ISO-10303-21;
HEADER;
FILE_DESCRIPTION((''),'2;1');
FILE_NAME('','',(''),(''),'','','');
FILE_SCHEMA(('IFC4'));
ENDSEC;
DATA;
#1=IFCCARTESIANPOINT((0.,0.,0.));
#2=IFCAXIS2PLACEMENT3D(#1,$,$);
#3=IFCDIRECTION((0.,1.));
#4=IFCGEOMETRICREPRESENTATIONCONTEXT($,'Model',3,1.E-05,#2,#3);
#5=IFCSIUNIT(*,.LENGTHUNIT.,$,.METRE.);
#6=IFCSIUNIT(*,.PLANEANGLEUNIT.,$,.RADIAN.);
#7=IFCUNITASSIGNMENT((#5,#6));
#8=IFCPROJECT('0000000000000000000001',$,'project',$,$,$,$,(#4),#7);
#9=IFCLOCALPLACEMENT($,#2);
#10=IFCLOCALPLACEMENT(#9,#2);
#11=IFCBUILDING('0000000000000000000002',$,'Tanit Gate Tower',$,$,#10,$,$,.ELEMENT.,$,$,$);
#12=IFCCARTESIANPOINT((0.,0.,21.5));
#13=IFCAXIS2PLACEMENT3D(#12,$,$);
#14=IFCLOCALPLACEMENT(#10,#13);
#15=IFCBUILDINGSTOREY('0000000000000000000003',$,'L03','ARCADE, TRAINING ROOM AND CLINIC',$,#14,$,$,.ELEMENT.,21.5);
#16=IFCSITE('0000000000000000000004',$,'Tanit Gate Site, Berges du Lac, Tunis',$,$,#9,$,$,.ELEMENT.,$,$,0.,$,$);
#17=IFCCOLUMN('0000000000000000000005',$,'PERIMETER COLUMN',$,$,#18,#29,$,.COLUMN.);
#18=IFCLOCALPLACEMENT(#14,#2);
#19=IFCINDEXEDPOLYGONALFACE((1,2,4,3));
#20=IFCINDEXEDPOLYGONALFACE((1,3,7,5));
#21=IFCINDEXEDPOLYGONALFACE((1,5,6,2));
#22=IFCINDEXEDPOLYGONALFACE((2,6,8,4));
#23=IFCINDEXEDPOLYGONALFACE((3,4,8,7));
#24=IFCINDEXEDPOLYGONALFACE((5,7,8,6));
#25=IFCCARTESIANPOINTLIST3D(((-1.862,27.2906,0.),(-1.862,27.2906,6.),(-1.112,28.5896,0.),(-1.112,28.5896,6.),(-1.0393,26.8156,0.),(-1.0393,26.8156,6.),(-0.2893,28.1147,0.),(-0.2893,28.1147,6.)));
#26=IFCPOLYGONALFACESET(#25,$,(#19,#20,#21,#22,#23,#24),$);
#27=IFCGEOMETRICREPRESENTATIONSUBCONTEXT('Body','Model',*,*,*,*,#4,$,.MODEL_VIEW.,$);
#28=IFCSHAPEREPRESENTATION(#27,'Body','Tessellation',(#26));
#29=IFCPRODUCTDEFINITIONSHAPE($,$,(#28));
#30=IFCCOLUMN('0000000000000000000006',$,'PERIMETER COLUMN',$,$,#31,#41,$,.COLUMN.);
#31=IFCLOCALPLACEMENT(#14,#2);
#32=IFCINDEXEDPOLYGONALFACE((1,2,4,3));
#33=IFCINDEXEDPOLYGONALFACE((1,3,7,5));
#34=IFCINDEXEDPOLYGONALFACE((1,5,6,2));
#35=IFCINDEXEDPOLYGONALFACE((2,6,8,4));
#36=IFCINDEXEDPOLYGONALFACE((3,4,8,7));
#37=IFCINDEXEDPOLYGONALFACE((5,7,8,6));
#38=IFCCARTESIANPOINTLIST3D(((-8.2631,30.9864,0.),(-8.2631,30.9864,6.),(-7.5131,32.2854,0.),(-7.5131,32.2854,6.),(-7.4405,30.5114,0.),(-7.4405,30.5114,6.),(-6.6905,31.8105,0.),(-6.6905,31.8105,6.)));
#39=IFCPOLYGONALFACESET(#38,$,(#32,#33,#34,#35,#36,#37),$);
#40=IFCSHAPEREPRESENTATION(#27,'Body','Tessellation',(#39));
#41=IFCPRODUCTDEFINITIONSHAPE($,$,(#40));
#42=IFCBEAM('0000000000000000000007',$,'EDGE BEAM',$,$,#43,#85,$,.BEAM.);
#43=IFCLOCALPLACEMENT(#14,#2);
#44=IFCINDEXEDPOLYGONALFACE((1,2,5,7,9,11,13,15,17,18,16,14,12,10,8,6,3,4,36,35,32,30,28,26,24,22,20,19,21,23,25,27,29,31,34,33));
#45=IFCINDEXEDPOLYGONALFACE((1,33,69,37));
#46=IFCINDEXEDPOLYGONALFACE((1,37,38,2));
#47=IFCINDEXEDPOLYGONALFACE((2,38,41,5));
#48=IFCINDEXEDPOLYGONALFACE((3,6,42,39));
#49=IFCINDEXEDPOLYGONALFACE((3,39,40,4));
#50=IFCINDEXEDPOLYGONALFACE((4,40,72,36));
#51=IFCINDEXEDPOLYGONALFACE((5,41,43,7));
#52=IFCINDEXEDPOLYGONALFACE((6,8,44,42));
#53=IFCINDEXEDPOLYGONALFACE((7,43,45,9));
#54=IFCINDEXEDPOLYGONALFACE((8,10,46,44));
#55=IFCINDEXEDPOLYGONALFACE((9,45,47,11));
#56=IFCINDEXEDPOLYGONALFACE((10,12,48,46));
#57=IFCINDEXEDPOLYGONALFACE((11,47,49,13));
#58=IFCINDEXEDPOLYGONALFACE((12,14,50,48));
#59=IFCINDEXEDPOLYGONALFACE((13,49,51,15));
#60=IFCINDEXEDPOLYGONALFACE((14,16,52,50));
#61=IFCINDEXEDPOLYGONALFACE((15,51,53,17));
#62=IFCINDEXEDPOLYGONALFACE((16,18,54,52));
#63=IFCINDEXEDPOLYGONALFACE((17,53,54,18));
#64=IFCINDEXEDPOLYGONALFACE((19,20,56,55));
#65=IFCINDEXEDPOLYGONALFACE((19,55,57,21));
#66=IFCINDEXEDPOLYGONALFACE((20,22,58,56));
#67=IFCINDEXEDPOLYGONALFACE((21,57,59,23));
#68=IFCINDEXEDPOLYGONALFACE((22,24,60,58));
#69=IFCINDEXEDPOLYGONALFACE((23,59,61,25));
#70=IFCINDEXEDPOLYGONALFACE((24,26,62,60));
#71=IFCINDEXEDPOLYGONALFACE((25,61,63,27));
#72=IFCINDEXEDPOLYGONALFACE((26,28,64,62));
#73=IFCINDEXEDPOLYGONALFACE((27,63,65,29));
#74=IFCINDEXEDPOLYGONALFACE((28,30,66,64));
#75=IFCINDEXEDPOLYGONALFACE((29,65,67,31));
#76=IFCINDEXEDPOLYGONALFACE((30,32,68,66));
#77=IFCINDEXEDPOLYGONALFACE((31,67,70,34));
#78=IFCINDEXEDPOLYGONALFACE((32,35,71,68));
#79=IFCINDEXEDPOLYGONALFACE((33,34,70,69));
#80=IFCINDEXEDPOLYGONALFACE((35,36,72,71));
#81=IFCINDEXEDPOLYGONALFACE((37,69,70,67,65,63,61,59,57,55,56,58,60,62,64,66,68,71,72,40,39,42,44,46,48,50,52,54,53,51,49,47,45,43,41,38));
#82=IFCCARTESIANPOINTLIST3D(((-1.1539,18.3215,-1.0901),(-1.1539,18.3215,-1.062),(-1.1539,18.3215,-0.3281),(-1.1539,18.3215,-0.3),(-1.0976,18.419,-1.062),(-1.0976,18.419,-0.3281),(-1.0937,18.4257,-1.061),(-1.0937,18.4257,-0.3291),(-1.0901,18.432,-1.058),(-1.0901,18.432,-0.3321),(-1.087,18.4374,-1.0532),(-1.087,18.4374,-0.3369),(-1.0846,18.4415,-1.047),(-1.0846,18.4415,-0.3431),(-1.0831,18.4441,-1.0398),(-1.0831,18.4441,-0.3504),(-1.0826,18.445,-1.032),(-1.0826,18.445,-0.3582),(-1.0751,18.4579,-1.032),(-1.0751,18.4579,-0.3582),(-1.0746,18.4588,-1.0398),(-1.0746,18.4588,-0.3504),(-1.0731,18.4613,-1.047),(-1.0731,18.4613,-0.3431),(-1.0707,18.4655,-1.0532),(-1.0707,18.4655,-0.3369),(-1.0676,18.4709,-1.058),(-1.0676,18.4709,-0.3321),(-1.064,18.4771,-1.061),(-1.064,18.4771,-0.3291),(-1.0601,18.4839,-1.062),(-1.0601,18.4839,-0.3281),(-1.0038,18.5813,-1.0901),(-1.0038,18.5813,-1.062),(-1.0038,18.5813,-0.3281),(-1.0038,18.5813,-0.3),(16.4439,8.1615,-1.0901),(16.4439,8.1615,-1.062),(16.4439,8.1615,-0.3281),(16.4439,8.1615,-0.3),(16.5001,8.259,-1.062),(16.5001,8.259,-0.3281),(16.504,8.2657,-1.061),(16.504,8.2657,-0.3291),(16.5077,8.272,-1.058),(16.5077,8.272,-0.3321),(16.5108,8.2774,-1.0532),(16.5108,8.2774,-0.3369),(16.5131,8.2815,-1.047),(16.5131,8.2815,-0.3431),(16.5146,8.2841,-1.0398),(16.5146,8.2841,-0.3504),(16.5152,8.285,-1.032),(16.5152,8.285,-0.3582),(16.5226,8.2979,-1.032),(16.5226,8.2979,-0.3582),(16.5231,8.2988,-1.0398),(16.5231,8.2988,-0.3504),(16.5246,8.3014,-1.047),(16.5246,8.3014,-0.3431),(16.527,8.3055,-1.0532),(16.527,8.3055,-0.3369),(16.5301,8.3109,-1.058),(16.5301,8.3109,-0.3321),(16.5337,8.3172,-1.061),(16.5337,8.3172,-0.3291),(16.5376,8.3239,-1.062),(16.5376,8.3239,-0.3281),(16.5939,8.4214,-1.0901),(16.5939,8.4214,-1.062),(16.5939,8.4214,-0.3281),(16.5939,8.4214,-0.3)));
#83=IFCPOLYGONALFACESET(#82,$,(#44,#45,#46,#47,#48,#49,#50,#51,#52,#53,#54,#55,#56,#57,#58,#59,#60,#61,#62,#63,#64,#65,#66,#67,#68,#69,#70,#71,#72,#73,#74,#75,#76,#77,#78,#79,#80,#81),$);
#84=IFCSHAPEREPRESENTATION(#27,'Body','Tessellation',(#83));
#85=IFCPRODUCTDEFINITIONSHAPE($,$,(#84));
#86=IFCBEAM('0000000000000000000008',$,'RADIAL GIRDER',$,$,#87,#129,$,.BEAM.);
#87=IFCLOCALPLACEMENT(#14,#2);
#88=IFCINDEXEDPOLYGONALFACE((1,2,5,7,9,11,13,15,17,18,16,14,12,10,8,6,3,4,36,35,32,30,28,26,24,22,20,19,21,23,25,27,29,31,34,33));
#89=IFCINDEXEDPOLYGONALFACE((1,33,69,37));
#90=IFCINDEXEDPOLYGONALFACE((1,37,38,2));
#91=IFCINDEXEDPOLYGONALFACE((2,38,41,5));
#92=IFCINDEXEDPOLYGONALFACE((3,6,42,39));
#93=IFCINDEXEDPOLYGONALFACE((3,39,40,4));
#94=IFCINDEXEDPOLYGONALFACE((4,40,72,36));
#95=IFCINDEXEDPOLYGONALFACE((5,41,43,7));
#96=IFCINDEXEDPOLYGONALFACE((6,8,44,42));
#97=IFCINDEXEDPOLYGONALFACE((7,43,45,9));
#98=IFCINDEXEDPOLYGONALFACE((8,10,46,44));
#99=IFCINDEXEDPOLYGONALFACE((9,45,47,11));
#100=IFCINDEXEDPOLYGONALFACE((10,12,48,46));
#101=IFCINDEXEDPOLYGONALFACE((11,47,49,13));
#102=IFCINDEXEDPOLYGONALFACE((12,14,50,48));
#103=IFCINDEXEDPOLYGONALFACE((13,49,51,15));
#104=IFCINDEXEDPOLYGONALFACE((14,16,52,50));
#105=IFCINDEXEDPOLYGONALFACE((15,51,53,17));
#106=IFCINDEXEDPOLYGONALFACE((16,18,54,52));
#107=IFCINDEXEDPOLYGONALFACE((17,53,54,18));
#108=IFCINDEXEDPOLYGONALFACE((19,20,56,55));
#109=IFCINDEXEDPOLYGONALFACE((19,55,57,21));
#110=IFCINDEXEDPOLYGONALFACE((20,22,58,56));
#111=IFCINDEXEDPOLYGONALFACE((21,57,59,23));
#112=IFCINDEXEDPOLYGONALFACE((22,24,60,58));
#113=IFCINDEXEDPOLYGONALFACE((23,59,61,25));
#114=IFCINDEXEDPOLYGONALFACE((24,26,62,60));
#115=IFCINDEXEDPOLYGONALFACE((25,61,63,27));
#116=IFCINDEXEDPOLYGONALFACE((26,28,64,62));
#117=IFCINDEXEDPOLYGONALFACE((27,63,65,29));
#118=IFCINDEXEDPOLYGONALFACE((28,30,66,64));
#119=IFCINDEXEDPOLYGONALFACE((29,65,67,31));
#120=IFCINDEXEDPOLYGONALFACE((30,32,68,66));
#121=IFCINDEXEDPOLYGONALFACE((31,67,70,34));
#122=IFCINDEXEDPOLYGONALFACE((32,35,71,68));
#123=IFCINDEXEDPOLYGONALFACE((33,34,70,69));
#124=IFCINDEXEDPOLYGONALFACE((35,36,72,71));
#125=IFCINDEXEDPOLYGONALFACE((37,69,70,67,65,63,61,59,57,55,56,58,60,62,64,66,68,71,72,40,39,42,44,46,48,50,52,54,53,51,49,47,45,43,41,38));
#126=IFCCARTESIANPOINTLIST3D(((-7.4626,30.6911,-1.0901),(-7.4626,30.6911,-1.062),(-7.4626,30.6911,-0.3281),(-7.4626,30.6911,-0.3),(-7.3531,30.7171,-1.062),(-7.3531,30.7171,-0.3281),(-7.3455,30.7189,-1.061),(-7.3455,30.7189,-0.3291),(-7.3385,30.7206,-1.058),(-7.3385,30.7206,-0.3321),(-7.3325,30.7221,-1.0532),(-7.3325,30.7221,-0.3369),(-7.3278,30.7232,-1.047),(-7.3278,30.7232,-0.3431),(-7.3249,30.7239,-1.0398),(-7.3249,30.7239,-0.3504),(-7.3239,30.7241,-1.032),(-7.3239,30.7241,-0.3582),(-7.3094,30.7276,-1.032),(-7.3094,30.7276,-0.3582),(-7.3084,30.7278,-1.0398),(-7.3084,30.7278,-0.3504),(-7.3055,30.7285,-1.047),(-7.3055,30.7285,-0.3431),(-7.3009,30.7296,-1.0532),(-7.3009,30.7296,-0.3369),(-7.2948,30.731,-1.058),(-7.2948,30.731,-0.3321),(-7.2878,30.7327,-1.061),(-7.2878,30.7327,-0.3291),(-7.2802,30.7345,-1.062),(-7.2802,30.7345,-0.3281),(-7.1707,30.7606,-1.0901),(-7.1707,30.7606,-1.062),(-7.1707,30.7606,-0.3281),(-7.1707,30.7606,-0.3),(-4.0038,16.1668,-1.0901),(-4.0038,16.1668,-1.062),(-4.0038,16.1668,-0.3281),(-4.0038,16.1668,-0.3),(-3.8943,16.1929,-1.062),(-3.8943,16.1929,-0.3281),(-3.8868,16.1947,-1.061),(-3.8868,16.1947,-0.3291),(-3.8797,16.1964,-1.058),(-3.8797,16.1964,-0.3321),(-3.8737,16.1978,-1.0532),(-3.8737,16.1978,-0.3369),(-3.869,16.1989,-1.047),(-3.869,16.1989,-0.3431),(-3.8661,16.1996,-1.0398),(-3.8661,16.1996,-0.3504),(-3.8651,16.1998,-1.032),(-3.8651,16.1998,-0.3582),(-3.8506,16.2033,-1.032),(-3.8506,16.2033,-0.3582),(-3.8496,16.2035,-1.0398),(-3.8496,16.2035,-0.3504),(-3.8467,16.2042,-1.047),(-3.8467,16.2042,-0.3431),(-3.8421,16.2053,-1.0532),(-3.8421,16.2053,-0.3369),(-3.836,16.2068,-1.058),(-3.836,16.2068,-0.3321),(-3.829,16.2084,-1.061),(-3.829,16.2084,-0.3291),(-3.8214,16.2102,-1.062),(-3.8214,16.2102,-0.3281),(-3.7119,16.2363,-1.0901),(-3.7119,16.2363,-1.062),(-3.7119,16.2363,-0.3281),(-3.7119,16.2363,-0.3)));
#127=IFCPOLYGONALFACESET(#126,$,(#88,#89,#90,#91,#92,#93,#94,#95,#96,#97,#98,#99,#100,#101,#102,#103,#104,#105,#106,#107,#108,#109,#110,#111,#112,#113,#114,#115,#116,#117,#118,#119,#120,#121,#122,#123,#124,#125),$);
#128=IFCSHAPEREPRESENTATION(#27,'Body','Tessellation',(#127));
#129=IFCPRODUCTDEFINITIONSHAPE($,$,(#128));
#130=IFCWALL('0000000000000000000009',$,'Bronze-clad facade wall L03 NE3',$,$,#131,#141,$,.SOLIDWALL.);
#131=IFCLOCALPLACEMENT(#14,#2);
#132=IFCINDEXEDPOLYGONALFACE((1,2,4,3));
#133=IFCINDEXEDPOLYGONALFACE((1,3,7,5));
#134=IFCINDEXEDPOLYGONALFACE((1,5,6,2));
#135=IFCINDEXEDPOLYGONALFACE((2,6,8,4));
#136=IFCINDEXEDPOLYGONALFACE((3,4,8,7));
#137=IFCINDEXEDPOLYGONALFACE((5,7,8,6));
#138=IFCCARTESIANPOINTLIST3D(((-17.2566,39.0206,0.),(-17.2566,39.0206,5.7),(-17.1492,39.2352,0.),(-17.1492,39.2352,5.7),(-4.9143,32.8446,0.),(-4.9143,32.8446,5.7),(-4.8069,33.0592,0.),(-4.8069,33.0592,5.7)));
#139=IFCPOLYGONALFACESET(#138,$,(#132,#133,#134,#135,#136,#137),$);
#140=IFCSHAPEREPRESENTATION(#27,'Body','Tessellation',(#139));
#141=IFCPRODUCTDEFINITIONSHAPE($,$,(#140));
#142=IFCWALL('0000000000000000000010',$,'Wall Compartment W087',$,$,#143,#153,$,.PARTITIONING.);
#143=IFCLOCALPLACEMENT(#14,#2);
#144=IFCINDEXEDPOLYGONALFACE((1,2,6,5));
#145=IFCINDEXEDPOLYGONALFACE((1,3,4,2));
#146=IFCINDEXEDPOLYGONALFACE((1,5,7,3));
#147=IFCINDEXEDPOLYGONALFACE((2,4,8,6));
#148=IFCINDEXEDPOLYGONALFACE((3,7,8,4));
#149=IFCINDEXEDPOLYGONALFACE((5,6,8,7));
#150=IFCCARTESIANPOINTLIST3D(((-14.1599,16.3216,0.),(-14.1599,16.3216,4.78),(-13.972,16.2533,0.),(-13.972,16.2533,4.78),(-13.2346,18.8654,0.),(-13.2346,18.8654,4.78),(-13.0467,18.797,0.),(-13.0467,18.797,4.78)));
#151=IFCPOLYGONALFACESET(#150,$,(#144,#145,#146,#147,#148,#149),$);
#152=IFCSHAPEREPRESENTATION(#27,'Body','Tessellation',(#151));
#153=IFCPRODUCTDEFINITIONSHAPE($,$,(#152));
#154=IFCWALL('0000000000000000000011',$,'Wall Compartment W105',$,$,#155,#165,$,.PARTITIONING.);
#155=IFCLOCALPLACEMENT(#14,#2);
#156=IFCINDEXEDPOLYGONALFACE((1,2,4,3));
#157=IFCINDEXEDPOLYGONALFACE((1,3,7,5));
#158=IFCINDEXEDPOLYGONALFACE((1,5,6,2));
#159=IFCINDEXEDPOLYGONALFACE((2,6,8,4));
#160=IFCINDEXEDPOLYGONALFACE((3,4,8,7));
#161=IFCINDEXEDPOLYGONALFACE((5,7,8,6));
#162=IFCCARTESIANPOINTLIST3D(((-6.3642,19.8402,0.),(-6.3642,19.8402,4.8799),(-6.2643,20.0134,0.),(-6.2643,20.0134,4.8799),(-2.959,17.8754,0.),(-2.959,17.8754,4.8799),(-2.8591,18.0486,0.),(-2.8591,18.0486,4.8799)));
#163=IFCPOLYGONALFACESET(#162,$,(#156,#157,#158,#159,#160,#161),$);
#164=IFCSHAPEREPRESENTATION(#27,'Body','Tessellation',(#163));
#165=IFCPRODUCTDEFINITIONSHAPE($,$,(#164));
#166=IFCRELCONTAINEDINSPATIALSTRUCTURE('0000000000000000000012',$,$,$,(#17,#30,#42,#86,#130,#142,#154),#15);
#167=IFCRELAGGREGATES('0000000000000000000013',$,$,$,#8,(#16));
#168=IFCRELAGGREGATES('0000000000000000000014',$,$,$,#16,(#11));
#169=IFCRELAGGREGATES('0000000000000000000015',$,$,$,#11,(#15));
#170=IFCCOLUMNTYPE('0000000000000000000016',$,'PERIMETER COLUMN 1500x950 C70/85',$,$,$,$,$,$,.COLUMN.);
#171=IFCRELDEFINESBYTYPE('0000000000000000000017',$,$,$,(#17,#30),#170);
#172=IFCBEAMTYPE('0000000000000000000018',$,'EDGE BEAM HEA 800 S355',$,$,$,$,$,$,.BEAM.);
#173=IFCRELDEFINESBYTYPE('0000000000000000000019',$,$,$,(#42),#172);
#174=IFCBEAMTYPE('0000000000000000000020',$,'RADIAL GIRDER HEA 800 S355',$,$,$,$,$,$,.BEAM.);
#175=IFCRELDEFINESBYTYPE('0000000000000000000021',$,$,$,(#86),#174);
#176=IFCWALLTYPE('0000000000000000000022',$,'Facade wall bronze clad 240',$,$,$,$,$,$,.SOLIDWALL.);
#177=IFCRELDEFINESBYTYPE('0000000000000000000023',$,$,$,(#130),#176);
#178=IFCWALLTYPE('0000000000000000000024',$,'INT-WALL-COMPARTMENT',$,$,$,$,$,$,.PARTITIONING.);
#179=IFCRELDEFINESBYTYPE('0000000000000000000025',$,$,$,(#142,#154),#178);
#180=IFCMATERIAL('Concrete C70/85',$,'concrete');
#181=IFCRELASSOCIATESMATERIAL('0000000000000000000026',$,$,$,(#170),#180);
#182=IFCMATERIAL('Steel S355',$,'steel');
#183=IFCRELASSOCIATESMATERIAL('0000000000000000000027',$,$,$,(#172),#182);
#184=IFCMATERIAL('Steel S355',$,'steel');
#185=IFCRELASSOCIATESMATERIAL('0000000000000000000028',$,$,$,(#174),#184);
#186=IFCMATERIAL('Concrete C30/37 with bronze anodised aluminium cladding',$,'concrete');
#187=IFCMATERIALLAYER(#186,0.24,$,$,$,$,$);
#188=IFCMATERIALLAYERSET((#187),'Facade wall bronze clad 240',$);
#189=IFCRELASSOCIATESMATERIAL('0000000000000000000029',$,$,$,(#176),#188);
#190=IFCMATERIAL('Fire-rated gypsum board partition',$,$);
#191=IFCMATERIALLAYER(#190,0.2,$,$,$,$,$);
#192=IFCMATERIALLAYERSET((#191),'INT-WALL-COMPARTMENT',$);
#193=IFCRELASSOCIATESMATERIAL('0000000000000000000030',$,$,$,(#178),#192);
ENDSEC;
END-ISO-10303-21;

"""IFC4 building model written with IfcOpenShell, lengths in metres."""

from ifc_helpers import new_model, si_unit, direction, frame, frame_2d, origin, origin_2d, place, context, subcontext, project, spatial, rectangle, i_section, extrude, material, layer, layer_set, material_profile, profile_set, type_object, element, save


model = new_model("IFC4")

# Units and contexts
model_context = context("Model", 3, precision=1e-05, world=origin(), true_north=direction((0.0, 1.0)))
body_context = subcontext(model_context, "Body", "Model", "MODEL_VIEW")
ifc_project = project(units=[si_unit("LENGTHUNIT", "METRE"), si_unit("PLANEANGLEUNIT", "RADIAN")], contexts=[model_context])

# Site, building, storey
site_placement = place(None, origin())
site = spatial("IfcSite", under=ifc_project, at=site_placement, Name="Tanit Gate Site, Berges du Lac, Tunis", CompositionType="ELEMENT", RefElevation=0.0)
building_placement = place(site_placement, origin())
building = spatial("IfcBuilding", under=site, at=building_placement, Name="Tanit Gate Tower", CompositionType="ELEMENT")
storey_placement = place(building_placement, frame((0.0, 0.0, 21.5)))
storey = spatial("IfcBuildingStorey", under=building, at=storey_placement, Name="L03", Description="ARCADE, TRAINING ROOM AND CLINIC", CompositionType="ELEMENT", Elevation=21.5)

# Columns
ifc_material_1 = material(Name="Concrete C70/85", Category="concrete")
ifc_material_profile_1 = material_profile(ifc_material_1, rectangle(XDim=1.5, YDim=0.95, at=origin_2d()), Name="RC 1500x950")
ifc_profile_set_1 = profile_set([ifc_material_profile_1], Name="Concrete C70/85")
column_type = type_object("IfcColumnType", Name="PERIMETER COLUMN 1500x950 C70/85", PredefinedType="COLUMN", material=ifc_profile_set_1)
for number, where, z_axis, x_axis, name in (
    (1, (-1.0757, 27.7026, 0.0), (0.0, 0.0, 1.0), (0.5, 0.866025, 0.0), "PERIMETER COLUMN"),
    (2, (-7.4768, 31.3984, 0.0), (0.0, 0.0, 1.0), (0.5, 0.866025, 0.0), "PERIMETER COLUMN"),
):
    element("IfcColumn", number, at=place(storey_placement, frame(where, z_axis=z_axis, x_axis=x_axis)), inside=storey, type_object=column_type, Name=name, PredefinedType="COLUMN", context=body_context, shape_type="SweptSolid", body=[
        extrude(rectangle(XDim=1.5, YDim=0.95, at=origin_2d()), origin(), (0.0, 0.0, 1.0), 6.0),
    ])

# Beams
ifc_material_2 = material(Name="Steel S355", Category="steel")
ifc_material_profile_2 = material_profile(ifc_material_2, i_section(OverallWidth=0.3, OverallDepth=0.79, WebThickness=0.0149, FlangeThickness=0.0281, FilletRadius=0.03, at=origin_2d()), Name="HEA 800")
ifc_profile_set_2 = profile_set([ifc_material_profile_2], Name="Steel S355")
beam_type_1 = type_object("IfcBeamType", Name="EDGE BEAM HEA 800 S355", PredefinedType="BEAM", material=ifc_profile_set_2)
beam_1_placement = place(storey_placement, frame((-1.0789, 18.4514, -0.6951), z_axis=(0.866028, -0.499996, 0.0), x_axis=(0.499996, 0.866028, 0.0)))
element("IfcBeam", 3, at=beam_1_placement, inside=storey, type_object=beam_type_1, Name="EDGE BEAM", PredefinedType="BEAM", context=body_context, shape_type="SweptSolid", body=[
    extrude(i_section(OverallWidth=0.3, OverallDepth=0.79, WebThickness=0.0149, FlangeThickness=0.0281, FilletRadius=0.03, at=origin_2d()), origin(), (0.0, 0.0, 1.0), 20.3201),
])
ifc_material_3 = material(Name="Steel S355", Category="steel")
ifc_material_profile_3 = material_profile(ifc_material_3, i_section(OverallWidth=0.3, OverallDepth=0.79, WebThickness=0.0149, FlangeThickness=0.0281, FilletRadius=0.03, at=origin_2d()), Name="HEA 800")
ifc_profile_set_3 = profile_set([ifc_material_profile_3], Name="Steel S355")
beam_type_2 = type_object("IfcBeamType", Name="RADIAL GIRDER HEA 800 S355", PredefinedType="BEAM", material=ifc_profile_set_3)
beam_2_placement = place(storey_placement, frame((-7.3167, 30.7258, -0.6951), z_axis=(0.231659, -0.972797, 0.0), x_axis=(0.972797, 0.231659, 0.0)))
element("IfcBeam", 4, at=beam_2_placement, inside=storey, type_object=beam_type_2, Name="RADIAL GIRDER", PredefinedType="BEAM", context=body_context, shape_type="SweptSolid", body=[
    extrude(i_section(OverallWidth=0.3, OverallDepth=0.79, WebThickness=0.0149, FlangeThickness=0.0281, FilletRadius=0.03, at=origin_2d()), origin(), (0.0, 0.0, 1.0), 14.9304),
])

# Walls
ifc_material_4 = material(Name="Concrete C30/37 with bronze anodised aluminium cladding", Category="concrete")
ifc_layer_1 = layer(ifc_material_4, 0.24)
ifc_layer_set_1 = layer_set([ifc_layer_1], Name="Facade wall bronze clad 240")
wall_type_1 = type_object("IfcWallType", Name="Facade wall bronze clad 240", PredefinedType="SOLIDWALL", material=ifc_layer_set_1)
wall_1_placement = place(storey_placement, frame((-4.8606, 32.9519, 0.0), z_axis=(0.0, 0.0, 1.0), x_axis=(-0.894286, 0.447497, 0.0)))
element("IfcWall", 5, at=wall_1_placement, inside=storey, type_object=wall_type_1, Name="Bronze-clad facade wall L03 NE3", PredefinedType="SOLIDWALL", context=body_context, shape_type="SweptSolid", body=[
    extrude(rectangle(XDim=13.8013, YDim=0.24, at=frame_2d((6.9006, 0.0))), origin(), (0.0, 0.0, 1.0), 5.7),
])
ifc_material_5 = material(Name="Fire-rated gypsum board partition")
ifc_layer_2 = layer(ifc_material_5, 0.2)
ifc_layer_set_2 = layer_set([ifc_layer_2], Name="INT-WALL-COMPARTMENT")
wall_type_2 = type_object("IfcWallType", Name="INT-WALL-COMPARTMENT", PredefinedType="PARTITIONING", material=ifc_layer_set_2)
wall_2_placement = place(storey_placement, frame((-13.1406, 18.8313, 0.0), z_axis=(0.0, 0.0, 1.0), x_axis=(-0.341844, -0.939757, 0.0)))
element("IfcWall", 6, at=wall_2_placement, inside=storey, type_object=wall_type_2, Name="Wall Compartment W087", PredefinedType="PARTITIONING", context=body_context, shape_type="SweptSolid", body=[
    extrude(rectangle(XDim=2.7068, YDim=0.2, at=frame_2d((1.3535, 0.0))), origin(), (0.0, 0.0, 1.0), 4.78),
])
wall_3_placement = place(storey_placement, frame((-2.9089, 17.9619, 0.0), z_axis=(0.0, 0.0, 1.0), x_axis=(-0.866157, 0.499773, 0.0)))
element("IfcWall", 7, at=wall_3_placement, inside=storey, type_object=wall_type_2, Name="Wall Compartment W105", PredefinedType="PARTITIONING", context=body_context, shape_type="SweptSolid", body=[
    extrude(rectangle(XDim=3.9314, YDim=0.2, at=frame_2d((1.9658, 0.0))), origin(), (0.0, 0.0, 1.0), 4.8799),
])

save(model, "model.ifc")
